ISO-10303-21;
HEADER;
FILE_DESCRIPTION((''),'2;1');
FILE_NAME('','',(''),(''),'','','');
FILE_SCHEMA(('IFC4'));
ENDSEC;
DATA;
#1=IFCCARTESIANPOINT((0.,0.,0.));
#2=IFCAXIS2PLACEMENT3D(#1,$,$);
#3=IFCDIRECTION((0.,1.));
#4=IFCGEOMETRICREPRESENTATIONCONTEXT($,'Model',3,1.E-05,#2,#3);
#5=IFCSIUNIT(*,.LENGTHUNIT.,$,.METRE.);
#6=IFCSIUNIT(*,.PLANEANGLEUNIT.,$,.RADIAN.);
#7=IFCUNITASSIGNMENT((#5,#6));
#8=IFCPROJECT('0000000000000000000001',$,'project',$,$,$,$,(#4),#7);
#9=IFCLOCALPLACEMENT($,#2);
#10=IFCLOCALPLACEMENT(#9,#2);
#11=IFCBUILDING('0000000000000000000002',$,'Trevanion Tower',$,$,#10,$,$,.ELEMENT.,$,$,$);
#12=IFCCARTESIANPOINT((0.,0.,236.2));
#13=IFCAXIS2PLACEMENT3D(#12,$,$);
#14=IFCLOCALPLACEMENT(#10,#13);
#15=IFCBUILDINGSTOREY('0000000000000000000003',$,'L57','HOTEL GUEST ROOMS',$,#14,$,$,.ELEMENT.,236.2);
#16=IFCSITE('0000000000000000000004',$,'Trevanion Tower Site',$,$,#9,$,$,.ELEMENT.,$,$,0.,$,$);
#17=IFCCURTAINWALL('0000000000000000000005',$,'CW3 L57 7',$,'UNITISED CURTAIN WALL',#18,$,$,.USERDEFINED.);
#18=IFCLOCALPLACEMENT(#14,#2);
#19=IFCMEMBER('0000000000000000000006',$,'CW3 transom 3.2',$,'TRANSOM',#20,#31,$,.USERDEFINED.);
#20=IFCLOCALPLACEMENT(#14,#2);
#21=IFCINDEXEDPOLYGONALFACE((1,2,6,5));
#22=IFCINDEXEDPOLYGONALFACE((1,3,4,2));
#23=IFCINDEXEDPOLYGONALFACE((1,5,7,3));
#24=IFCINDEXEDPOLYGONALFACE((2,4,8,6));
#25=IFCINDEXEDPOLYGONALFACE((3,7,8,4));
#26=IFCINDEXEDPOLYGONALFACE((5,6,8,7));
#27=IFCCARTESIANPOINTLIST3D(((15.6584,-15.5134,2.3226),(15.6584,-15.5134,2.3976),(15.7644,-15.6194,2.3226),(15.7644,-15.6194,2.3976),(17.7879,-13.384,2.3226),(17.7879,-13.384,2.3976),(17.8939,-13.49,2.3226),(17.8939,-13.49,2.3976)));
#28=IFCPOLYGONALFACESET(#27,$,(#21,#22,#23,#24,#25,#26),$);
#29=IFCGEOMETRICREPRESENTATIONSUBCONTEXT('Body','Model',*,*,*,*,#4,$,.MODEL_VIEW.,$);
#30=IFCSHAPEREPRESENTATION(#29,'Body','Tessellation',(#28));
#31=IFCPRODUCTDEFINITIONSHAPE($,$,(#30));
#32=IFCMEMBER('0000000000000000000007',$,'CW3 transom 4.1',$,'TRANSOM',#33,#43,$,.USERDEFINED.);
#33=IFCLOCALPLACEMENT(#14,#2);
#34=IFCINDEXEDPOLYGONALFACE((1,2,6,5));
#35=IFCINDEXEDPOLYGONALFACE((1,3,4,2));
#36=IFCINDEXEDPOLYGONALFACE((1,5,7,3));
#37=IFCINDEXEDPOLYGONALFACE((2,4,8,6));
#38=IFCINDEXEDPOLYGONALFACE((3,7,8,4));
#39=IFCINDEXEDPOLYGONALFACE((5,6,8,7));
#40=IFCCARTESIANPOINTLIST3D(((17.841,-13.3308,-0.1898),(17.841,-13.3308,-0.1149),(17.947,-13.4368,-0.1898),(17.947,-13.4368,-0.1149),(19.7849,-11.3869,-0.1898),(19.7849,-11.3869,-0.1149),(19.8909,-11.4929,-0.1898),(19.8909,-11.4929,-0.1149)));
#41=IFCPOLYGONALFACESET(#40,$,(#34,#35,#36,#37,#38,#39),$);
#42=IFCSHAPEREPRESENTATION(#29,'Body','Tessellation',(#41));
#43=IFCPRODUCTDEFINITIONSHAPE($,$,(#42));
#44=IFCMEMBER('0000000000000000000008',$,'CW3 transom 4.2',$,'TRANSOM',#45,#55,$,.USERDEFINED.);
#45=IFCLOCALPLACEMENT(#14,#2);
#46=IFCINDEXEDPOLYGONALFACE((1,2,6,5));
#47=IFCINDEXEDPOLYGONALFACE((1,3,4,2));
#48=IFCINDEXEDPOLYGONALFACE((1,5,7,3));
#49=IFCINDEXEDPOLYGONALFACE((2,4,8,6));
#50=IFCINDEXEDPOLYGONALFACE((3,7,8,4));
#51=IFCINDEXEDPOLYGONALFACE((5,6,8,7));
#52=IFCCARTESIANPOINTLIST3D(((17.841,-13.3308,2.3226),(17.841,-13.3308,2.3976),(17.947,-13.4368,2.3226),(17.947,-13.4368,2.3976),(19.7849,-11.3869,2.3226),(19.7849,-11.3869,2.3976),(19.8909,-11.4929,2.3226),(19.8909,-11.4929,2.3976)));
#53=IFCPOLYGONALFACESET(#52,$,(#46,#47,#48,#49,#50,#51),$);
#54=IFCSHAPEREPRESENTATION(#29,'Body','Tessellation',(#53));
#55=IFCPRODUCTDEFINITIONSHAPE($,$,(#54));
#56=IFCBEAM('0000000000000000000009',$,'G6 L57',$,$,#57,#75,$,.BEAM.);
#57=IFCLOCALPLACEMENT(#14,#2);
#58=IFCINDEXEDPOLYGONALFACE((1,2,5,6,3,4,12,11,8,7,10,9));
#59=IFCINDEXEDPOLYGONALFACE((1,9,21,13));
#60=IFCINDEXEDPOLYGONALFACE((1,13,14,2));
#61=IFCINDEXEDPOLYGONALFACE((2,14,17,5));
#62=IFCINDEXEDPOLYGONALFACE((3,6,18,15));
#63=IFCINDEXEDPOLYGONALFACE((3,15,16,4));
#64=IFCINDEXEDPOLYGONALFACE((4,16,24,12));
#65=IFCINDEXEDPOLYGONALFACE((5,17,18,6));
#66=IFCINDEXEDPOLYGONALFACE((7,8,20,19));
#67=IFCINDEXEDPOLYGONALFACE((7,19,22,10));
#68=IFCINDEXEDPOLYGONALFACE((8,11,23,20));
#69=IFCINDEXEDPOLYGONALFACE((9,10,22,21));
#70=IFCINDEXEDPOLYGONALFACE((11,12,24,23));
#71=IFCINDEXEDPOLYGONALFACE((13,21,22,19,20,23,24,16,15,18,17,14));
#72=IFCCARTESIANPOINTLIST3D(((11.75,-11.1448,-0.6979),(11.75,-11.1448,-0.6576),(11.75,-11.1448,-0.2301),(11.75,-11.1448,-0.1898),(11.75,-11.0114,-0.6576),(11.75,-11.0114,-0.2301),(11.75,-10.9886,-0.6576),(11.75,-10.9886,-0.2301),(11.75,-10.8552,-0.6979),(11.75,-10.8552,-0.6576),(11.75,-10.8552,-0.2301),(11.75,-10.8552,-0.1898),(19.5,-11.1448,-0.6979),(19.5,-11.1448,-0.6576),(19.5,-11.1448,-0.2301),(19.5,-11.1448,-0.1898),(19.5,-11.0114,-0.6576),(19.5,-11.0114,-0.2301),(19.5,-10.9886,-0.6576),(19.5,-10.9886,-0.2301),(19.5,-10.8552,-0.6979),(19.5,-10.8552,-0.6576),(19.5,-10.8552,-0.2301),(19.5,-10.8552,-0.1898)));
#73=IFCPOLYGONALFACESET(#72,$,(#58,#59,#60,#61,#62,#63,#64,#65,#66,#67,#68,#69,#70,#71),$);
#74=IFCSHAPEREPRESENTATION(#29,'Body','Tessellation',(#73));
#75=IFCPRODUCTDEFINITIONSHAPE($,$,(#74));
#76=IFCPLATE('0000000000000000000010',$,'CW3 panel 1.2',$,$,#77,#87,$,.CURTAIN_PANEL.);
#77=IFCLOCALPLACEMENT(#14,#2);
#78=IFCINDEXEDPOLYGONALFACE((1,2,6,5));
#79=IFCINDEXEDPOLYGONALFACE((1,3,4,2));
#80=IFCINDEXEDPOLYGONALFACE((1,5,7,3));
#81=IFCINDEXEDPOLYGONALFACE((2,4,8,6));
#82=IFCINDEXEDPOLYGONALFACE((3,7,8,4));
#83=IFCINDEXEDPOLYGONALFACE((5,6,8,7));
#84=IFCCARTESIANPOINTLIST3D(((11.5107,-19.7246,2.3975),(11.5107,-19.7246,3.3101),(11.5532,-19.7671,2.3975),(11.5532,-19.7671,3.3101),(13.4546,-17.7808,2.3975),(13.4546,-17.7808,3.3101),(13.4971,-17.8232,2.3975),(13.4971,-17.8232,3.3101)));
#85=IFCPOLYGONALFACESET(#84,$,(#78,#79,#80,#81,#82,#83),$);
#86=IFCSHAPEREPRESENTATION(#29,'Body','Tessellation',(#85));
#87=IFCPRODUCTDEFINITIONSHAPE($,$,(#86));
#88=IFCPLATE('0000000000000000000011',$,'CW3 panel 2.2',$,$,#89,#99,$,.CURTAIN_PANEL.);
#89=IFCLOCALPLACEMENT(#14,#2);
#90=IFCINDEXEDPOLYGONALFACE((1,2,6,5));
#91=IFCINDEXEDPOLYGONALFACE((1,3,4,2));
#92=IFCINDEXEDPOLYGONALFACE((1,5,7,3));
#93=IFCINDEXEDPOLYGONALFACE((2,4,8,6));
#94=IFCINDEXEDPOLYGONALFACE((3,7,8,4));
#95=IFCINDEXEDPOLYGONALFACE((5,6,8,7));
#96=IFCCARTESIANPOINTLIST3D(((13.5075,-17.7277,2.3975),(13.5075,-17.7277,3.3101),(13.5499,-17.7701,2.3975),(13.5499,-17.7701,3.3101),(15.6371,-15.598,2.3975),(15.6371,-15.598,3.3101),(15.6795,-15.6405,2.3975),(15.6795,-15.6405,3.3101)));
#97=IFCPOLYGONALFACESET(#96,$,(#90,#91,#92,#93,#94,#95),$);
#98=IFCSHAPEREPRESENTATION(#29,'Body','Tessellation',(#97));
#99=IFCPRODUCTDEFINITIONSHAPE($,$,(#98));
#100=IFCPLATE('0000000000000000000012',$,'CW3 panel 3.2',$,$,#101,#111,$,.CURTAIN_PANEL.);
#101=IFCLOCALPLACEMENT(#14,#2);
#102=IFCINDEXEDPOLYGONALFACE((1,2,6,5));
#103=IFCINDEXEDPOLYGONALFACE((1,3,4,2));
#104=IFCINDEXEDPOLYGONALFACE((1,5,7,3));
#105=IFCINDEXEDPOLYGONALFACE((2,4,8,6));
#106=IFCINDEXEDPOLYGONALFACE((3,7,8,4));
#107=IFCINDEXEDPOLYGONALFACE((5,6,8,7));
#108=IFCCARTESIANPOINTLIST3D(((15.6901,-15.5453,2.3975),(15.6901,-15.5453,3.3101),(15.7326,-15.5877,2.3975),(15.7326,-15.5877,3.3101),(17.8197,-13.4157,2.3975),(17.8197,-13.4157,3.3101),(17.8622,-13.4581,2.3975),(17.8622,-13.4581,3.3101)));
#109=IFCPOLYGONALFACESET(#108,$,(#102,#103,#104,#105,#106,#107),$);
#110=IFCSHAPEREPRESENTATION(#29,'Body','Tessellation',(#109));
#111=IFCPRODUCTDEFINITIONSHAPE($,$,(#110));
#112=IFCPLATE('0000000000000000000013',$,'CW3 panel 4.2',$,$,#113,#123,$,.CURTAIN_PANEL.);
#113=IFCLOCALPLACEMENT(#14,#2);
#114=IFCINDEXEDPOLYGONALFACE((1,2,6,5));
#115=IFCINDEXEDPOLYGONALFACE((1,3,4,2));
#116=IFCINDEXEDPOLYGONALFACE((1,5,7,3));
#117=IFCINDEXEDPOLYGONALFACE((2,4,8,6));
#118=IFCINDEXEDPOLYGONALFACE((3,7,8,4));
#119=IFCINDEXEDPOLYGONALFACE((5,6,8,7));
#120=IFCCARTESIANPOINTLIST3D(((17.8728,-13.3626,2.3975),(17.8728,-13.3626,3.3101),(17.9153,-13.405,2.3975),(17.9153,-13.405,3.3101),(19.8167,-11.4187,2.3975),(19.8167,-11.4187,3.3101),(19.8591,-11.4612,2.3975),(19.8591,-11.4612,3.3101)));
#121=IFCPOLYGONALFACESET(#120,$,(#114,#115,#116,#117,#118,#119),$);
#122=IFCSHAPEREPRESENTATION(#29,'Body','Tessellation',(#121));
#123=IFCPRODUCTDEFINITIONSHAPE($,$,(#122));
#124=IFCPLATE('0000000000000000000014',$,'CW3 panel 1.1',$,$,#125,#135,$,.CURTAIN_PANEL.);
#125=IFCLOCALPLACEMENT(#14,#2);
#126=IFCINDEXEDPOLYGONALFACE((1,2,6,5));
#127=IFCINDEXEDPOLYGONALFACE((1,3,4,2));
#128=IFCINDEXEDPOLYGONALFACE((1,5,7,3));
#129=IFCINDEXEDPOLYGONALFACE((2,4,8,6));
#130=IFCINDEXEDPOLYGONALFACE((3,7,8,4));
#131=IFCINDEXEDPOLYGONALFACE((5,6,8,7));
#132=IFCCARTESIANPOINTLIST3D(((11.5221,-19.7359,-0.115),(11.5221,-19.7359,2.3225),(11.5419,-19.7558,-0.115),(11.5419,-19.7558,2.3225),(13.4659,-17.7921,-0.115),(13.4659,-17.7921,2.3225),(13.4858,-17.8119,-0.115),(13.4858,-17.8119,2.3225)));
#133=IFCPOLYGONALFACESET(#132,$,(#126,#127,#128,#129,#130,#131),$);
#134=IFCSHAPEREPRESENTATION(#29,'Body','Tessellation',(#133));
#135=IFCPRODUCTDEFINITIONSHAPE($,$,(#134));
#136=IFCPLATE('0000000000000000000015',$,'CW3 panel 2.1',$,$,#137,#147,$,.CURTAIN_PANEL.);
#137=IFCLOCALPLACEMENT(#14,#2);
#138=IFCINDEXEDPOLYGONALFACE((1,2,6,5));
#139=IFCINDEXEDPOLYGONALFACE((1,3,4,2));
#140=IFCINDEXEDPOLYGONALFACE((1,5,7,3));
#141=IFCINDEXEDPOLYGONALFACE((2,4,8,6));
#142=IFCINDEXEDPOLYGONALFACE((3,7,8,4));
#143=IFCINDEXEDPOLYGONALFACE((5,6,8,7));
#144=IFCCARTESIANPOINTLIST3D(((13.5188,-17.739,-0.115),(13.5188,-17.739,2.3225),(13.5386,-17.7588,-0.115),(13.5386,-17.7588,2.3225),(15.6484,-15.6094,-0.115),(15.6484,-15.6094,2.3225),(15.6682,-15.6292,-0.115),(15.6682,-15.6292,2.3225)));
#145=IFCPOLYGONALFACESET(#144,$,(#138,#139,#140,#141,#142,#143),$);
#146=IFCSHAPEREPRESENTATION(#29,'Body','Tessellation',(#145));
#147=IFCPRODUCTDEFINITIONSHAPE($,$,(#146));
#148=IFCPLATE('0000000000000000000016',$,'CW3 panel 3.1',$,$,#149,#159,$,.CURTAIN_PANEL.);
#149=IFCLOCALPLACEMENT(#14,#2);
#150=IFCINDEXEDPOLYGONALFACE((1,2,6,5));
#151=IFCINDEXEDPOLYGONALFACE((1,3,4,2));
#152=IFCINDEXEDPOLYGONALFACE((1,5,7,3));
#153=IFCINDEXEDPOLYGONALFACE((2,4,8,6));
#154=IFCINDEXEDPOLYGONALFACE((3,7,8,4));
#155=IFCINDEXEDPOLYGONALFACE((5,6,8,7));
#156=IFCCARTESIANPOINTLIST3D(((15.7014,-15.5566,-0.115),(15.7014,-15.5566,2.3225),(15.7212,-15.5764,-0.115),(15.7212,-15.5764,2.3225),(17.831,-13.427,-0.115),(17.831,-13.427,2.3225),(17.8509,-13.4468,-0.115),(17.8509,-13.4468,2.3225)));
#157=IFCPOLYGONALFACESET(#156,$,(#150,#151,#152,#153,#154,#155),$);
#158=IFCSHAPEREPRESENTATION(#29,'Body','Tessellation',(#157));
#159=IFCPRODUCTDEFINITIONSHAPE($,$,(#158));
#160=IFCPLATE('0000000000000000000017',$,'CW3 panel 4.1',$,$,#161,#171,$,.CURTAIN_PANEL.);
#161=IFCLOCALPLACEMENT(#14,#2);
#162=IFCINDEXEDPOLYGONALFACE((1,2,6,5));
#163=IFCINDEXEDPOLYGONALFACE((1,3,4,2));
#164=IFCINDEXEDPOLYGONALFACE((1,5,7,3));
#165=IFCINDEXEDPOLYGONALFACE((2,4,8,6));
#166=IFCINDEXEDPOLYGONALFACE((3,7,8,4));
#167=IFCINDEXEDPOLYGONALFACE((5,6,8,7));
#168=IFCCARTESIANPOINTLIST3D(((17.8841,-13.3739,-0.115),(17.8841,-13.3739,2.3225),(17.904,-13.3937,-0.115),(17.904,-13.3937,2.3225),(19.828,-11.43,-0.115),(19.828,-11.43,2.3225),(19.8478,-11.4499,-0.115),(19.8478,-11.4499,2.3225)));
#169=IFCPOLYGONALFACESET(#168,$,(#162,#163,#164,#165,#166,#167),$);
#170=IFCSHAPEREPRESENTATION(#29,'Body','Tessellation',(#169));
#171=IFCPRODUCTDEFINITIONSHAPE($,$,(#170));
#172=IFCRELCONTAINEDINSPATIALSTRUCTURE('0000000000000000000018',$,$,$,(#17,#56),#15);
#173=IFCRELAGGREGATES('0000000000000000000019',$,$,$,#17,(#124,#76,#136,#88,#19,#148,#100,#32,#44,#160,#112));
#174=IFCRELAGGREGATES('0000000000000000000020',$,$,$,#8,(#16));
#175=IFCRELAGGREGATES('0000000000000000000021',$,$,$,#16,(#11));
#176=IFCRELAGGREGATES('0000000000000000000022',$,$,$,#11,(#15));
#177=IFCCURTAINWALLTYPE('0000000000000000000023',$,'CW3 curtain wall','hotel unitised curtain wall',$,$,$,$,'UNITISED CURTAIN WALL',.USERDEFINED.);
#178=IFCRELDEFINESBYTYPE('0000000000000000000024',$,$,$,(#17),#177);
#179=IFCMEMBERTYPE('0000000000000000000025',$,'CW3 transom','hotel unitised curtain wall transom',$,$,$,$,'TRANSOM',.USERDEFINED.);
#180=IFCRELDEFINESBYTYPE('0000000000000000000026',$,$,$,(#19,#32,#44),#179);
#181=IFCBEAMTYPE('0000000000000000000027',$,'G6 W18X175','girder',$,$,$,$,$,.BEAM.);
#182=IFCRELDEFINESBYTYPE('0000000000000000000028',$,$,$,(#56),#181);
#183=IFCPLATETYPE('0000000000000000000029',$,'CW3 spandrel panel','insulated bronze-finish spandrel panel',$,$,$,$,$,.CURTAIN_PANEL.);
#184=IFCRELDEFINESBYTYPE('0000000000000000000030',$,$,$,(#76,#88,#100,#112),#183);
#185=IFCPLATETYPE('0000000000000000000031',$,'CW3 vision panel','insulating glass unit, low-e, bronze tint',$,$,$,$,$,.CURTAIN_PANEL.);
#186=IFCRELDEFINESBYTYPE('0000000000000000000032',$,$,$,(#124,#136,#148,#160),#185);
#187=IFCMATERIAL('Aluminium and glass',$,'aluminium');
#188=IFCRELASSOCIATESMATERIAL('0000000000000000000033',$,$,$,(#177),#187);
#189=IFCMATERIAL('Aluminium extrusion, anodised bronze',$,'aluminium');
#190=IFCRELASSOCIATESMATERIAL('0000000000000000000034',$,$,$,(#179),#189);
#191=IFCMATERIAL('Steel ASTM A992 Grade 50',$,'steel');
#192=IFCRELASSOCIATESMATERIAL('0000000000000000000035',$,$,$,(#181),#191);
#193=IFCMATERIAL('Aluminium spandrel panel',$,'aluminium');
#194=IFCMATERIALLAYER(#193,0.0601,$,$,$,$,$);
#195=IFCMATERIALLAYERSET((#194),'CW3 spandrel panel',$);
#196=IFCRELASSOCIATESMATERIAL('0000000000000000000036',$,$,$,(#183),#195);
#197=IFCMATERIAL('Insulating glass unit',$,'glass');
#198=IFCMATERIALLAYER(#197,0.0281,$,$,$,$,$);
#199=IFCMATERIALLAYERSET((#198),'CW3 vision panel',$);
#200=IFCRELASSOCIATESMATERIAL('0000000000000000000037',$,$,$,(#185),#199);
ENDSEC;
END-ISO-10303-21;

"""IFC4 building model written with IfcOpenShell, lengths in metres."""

from ifc_helpers import new_model, si_unit, direction, frame, origin, origin_2d, place, context, subcontext, project, spatial, rectangle, i_section, extrude, material, layer, layer_set, material_profile, profile_set, type_object, element, aggregate, save


model = new_model("IFC4")

# Units and contexts
model_context = context("Model", 3, precision=1e-05, world=origin(), true_north=direction((0.0, 1.0)))
body_context = subcontext(model_context, "Body", "Model", "MODEL_VIEW")
ifc_project = project(units=[si_unit("LENGTHUNIT", "METRE"), si_unit("PLANEANGLEUNIT", "RADIAN")], contexts=[model_context])

# Site, building, storey
site_placement = place(None, origin())
site = spatial("IfcSite", under=ifc_project, at=site_placement, Name="Trevanion Tower Site", CompositionType="ELEMENT", RefElevation=0.0)
building_placement = place(site_placement, origin())
building = spatial("IfcBuilding", under=site, at=building_placement, Name="Trevanion Tower", CompositionType="ELEMENT")
storey_placement = place(building_placement, frame((0.0, 0.0, 236.2)))
storey = spatial("IfcBuildingStorey", under=building, at=storey_placement, Name="L57", Description="HOTEL GUEST ROOMS", CompositionType="ELEMENT", Elevation=236.2)

# Curtain wall
ifc_material_1 = material(Name="Aluminium and glass", Category="aluminium")
curtain_wall_type = type_object("IfcCurtainWallType", Name="CW3 curtain wall", Description="hotel unitised curtain wall", ElementType="UNITISED CURTAIN WALL", PredefinedType="USERDEFINED", material=ifc_material_1)
curtain_wall_1_placement = place(storey_placement, origin())
curtain_wall_1 = element("IfcCurtainWall", 1, at=curtain_wall_1_placement, inside=storey, type_object=curtain_wall_type, Name="CW3 L57 7", ObjectType="UNITISED CURTAIN WALL", PredefinedType="USERDEFINED")

# Members
ifc_material_2 = material(Name="Aluminium extrusion, anodised bronze", Category="aluminium")
ifc_material_profile_1 = material_profile(ifc_material_2, rectangle(XDim=0.1499, YDim=0.075, at=origin_2d()), Name="CW3 transom")
ifc_profile_set_1 = profile_set([ifc_material_profile_1], Name="Aluminium extrusion, anodised bronze")
member_type_1 = type_object("IfcMemberType", Name="CW3 transom", Description="hotel unitised curtain wall transom", ElementType="TRANSOM", PredefinedType="USERDEFINED", material=ifc_profile_set_1)
member_1_placement = place(storey_placement, frame((15.7114, -15.5664, 2.3601), z_axis=(0.707107, 0.707107, 0.0), x_axis=(-0.707107, 0.707107, 0.0)))
member_1 = element("IfcMember", 2, at=member_1_placement, type_object=member_type_1, Name="CW3 transom 3.2", ObjectType="TRANSOM", PredefinedType="USERDEFINED", context=body_context, shape_type="SweptSolid", body=[
    extrude(rectangle(XDim=0.1499, YDim=0.075, at=origin_2d()), origin(), (0.0, 0.0, 1.0), 3.0115),
])
member_2_placement = place(storey_placement, frame((17.894, -13.3838, -0.1523), z_axis=(0.707107, 0.707107, 0.0), x_axis=(-0.707107, 0.707107, 0.0)))
member_2 = element("IfcMember", 3, at=member_2_placement, type_object=member_type_1, Name="CW3 transom 4.1", ObjectType="TRANSOM", PredefinedType="USERDEFINED", context=body_context, shape_type="SweptSolid", body=[
    extrude(rectangle(XDim=0.1499, YDim=0.075, at=origin_2d()), origin(), (0.0, 0.0, 1.0), 2.749),
])
member_3_placement = place(storey_placement, frame((17.894, -13.3838, 2.3601), z_axis=(0.707107, 0.707107, 0.0), x_axis=(-0.707107, 0.707107, 0.0)))
member_3 = element("IfcMember", 4, at=member_3_placement, type_object=member_type_1, Name="CW3 transom 4.2", ObjectType="TRANSOM", PredefinedType="USERDEFINED", context=body_context, shape_type="SweptSolid", body=[
    extrude(rectangle(XDim=0.1499, YDim=0.075, at=origin_2d()), origin(), (0.0, 0.0, 1.0), 2.749),
])

# Beam
ifc_material_3 = material(Name="Steel ASTM A992 Grade 50", Category="steel")
ifc_material_profile_2 = material_profile(ifc_material_3, i_section(OverallWidth=0.2896, OverallDepth=0.5081, WebThickness=0.0227, FlangeThickness=0.0403, at=origin_2d()), Name="W18X175")
ifc_profile_set_2 = profile_set([ifc_material_profile_2], Name="Steel ASTM A992 Grade 50")
beam_type_1 = type_object("IfcBeamType", Name="G6 W18X175", Description="girder", PredefinedType="BEAM", material=ifc_profile_set_2)
beam_1_placement = place(storey_placement, frame((11.75, -11.0, -0.4438), z_axis=(1.0, 0.0, 0.0), x_axis=(0.0, 1.0, 0.0)))
element("IfcBeam", 5, at=beam_1_placement, inside=storey, type_object=beam_type_1, Name="G6 L57", PredefinedType="BEAM", context=body_context, shape_type="SweptSolid", body=[
    extrude(i_section(OverallWidth=0.2896, OverallDepth=0.5081, WebThickness=0.0227, FlangeThickness=0.0403, at=origin_2d()), origin(), (0.0, 0.0, 1.0), 7.75),
])

# Plates
ifc_material_4 = material(Name="Aluminium spandrel panel", Category="aluminium")
ifc_layer_1 = layer(ifc_material_4, 0.0601)
ifc_layer_set_1 = layer_set([ifc_layer_1], Name="CW3 spandrel panel")
plate_type_1 = type_object("IfcPlateType", Name="CW3 spandrel panel", Description="insulated bronze-finish spandrel panel", PredefinedType="CURTAIN_PANEL", material=ifc_layer_set_1)
plate_1_placement = place(storey_placement, frame((12.5039, -18.7739, 2.3975), z_axis=(0.0, 0.0, 1.0), x_axis=(0.707107, 0.707107, 0.0)))
plate_1 = element("IfcPlate", 6, at=plate_1_placement, type_object=plate_type_1, Name="CW3 panel 1.2", PredefinedType="CURTAIN_PANEL", context=body_context, shape_type="SweptSolid", body=[
    extrude(rectangle(XDim=2.749, YDim=0.0601, at=origin_2d()), origin(), (0.0, 0.0, 1.0), 0.9126),
])
plate_2_placement = place(storey_placement, frame((14.5935, -16.6841, 2.3975), z_axis=(0.0, 0.0, 1.0), x_axis=(0.707107, 0.707107, 0.0)))
plate_2 = element("IfcPlate", 7, at=plate_2_placement, type_object=plate_type_1, Name="CW3 panel 2.2", PredefinedType="CURTAIN_PANEL", context=body_context, shape_type="SweptSolid", body=[
    extrude(rectangle(XDim=3.0117, YDim=0.0601, at=origin_2d()), origin(), (0.0, 0.0, 1.0), 0.9126),
])
plate_3_placement = place(storey_placement, frame((16.7761, -14.5017, 2.3975), z_axis=(0.0, 0.0, 1.0), x_axis=(0.707107, 0.707107, 0.0)))
plate_3 = element("IfcPlate", 8, at=plate_3_placement, type_object=plate_type_1, Name="CW3 panel 3.2", PredefinedType="CURTAIN_PANEL", context=body_context, shape_type="SweptSolid", body=[
    extrude(rectangle(XDim=3.0117, YDim=0.0601, at=origin_2d()), origin(), (0.0, 0.0, 1.0), 0.9126),
])
plate_4_placement = place(storey_placement, frame((18.866, -12.4119, 2.3975), z_axis=(0.0, 0.0, 1.0), x_axis=(0.707107, 0.707107, 0.0)))
plate_4 = element("IfcPlate", 9, at=plate_4_placement, type_object=plate_type_1, Name="CW3 panel 4.2", PredefinedType="CURTAIN_PANEL", context=body_context, shape_type="SweptSolid", body=[
    extrude(rectangle(XDim=2.749, YDim=0.0601, at=origin_2d()), origin(), (0.0, 0.0, 1.0), 0.9126),
])
ifc_material_5 = material(Name="Insulating glass unit", Category="glass")
ifc_layer_2 = layer(ifc_material_5, 0.0281)
ifc_layer_set_2 = layer_set([ifc_layer_2], Name="CW3 vision panel")
plate_type_2 = type_object("IfcPlateType", Name="CW3 vision panel", Description="insulating glass unit, low-e, bronze tint", PredefinedType="CURTAIN_PANEL", material=ifc_layer_set_2)
plate_5_placement = place(storey_placement, frame((12.5039, -18.7739, -0.115), z_axis=(0.0, 0.0, 1.0), x_axis=(0.707107, 0.707107, 0.0)))
plate_5 = element("IfcPlate", 10, at=plate_5_placement, type_object=plate_type_2, Name="CW3 panel 1.1", PredefinedType="CURTAIN_PANEL", context=body_context, shape_type="SweptSolid", body=[
    extrude(rectangle(XDim=2.749, YDim=0.0281, at=origin_2d()), origin(), (0.0, 0.0, 1.0), 2.4375),
])
plate_6_placement = place(storey_placement, frame((14.5935, -16.6841, -0.115), z_axis=(0.0, 0.0, 1.0), x_axis=(0.707107, 0.707107, 0.0)))
plate_6 = element("IfcPlate", 11, at=plate_6_placement, type_object=plate_type_2, Name="CW3 panel 2.1", PredefinedType="CURTAIN_PANEL", context=body_context, shape_type="SweptSolid", body=[
    extrude(rectangle(XDim=3.0117, YDim=0.0281, at=origin_2d()), origin(), (0.0, 0.0, 1.0), 2.4375),
])
plate_7_placement = place(storey_placement, frame((16.7761, -14.5017, -0.115), z_axis=(0.0, 0.0, 1.0), x_axis=(0.707107, 0.707107, 0.0)))
plate_7 = element("IfcPlate", 12, at=plate_7_placement, type_object=plate_type_2, Name="CW3 panel 3.1", PredefinedType="CURTAIN_PANEL", context=body_context, shape_type="SweptSolid", body=[
    extrude(rectangle(XDim=3.0117, YDim=0.0281, at=origin_2d()), origin(), (0.0, 0.0, 1.0), 2.4375),
])
plate_8_placement = place(storey_placement, frame((18.866, -12.4119, -0.115), z_axis=(0.0, 0.0, 1.0), x_axis=(0.707107, 0.707107, 0.0)))
plate_8 = element("IfcPlate", 13, at=plate_8_placement, type_object=plate_type_2, Name="CW3 panel 4.1", PredefinedType="CURTAIN_PANEL", context=body_context, shape_type="SweptSolid", body=[
    extrude(rectangle(XDim=2.749, YDim=0.0281, at=origin_2d()), origin(), (0.0, 0.0, 1.0), 2.4375),
])
aggregate(curtain_wall_1, [plate_5, plate_1, plate_6, plate_2, member_1, plate_7, plate_3, member_2, member_3, plate_8, plate_4])

save(model, "model.ifc")
